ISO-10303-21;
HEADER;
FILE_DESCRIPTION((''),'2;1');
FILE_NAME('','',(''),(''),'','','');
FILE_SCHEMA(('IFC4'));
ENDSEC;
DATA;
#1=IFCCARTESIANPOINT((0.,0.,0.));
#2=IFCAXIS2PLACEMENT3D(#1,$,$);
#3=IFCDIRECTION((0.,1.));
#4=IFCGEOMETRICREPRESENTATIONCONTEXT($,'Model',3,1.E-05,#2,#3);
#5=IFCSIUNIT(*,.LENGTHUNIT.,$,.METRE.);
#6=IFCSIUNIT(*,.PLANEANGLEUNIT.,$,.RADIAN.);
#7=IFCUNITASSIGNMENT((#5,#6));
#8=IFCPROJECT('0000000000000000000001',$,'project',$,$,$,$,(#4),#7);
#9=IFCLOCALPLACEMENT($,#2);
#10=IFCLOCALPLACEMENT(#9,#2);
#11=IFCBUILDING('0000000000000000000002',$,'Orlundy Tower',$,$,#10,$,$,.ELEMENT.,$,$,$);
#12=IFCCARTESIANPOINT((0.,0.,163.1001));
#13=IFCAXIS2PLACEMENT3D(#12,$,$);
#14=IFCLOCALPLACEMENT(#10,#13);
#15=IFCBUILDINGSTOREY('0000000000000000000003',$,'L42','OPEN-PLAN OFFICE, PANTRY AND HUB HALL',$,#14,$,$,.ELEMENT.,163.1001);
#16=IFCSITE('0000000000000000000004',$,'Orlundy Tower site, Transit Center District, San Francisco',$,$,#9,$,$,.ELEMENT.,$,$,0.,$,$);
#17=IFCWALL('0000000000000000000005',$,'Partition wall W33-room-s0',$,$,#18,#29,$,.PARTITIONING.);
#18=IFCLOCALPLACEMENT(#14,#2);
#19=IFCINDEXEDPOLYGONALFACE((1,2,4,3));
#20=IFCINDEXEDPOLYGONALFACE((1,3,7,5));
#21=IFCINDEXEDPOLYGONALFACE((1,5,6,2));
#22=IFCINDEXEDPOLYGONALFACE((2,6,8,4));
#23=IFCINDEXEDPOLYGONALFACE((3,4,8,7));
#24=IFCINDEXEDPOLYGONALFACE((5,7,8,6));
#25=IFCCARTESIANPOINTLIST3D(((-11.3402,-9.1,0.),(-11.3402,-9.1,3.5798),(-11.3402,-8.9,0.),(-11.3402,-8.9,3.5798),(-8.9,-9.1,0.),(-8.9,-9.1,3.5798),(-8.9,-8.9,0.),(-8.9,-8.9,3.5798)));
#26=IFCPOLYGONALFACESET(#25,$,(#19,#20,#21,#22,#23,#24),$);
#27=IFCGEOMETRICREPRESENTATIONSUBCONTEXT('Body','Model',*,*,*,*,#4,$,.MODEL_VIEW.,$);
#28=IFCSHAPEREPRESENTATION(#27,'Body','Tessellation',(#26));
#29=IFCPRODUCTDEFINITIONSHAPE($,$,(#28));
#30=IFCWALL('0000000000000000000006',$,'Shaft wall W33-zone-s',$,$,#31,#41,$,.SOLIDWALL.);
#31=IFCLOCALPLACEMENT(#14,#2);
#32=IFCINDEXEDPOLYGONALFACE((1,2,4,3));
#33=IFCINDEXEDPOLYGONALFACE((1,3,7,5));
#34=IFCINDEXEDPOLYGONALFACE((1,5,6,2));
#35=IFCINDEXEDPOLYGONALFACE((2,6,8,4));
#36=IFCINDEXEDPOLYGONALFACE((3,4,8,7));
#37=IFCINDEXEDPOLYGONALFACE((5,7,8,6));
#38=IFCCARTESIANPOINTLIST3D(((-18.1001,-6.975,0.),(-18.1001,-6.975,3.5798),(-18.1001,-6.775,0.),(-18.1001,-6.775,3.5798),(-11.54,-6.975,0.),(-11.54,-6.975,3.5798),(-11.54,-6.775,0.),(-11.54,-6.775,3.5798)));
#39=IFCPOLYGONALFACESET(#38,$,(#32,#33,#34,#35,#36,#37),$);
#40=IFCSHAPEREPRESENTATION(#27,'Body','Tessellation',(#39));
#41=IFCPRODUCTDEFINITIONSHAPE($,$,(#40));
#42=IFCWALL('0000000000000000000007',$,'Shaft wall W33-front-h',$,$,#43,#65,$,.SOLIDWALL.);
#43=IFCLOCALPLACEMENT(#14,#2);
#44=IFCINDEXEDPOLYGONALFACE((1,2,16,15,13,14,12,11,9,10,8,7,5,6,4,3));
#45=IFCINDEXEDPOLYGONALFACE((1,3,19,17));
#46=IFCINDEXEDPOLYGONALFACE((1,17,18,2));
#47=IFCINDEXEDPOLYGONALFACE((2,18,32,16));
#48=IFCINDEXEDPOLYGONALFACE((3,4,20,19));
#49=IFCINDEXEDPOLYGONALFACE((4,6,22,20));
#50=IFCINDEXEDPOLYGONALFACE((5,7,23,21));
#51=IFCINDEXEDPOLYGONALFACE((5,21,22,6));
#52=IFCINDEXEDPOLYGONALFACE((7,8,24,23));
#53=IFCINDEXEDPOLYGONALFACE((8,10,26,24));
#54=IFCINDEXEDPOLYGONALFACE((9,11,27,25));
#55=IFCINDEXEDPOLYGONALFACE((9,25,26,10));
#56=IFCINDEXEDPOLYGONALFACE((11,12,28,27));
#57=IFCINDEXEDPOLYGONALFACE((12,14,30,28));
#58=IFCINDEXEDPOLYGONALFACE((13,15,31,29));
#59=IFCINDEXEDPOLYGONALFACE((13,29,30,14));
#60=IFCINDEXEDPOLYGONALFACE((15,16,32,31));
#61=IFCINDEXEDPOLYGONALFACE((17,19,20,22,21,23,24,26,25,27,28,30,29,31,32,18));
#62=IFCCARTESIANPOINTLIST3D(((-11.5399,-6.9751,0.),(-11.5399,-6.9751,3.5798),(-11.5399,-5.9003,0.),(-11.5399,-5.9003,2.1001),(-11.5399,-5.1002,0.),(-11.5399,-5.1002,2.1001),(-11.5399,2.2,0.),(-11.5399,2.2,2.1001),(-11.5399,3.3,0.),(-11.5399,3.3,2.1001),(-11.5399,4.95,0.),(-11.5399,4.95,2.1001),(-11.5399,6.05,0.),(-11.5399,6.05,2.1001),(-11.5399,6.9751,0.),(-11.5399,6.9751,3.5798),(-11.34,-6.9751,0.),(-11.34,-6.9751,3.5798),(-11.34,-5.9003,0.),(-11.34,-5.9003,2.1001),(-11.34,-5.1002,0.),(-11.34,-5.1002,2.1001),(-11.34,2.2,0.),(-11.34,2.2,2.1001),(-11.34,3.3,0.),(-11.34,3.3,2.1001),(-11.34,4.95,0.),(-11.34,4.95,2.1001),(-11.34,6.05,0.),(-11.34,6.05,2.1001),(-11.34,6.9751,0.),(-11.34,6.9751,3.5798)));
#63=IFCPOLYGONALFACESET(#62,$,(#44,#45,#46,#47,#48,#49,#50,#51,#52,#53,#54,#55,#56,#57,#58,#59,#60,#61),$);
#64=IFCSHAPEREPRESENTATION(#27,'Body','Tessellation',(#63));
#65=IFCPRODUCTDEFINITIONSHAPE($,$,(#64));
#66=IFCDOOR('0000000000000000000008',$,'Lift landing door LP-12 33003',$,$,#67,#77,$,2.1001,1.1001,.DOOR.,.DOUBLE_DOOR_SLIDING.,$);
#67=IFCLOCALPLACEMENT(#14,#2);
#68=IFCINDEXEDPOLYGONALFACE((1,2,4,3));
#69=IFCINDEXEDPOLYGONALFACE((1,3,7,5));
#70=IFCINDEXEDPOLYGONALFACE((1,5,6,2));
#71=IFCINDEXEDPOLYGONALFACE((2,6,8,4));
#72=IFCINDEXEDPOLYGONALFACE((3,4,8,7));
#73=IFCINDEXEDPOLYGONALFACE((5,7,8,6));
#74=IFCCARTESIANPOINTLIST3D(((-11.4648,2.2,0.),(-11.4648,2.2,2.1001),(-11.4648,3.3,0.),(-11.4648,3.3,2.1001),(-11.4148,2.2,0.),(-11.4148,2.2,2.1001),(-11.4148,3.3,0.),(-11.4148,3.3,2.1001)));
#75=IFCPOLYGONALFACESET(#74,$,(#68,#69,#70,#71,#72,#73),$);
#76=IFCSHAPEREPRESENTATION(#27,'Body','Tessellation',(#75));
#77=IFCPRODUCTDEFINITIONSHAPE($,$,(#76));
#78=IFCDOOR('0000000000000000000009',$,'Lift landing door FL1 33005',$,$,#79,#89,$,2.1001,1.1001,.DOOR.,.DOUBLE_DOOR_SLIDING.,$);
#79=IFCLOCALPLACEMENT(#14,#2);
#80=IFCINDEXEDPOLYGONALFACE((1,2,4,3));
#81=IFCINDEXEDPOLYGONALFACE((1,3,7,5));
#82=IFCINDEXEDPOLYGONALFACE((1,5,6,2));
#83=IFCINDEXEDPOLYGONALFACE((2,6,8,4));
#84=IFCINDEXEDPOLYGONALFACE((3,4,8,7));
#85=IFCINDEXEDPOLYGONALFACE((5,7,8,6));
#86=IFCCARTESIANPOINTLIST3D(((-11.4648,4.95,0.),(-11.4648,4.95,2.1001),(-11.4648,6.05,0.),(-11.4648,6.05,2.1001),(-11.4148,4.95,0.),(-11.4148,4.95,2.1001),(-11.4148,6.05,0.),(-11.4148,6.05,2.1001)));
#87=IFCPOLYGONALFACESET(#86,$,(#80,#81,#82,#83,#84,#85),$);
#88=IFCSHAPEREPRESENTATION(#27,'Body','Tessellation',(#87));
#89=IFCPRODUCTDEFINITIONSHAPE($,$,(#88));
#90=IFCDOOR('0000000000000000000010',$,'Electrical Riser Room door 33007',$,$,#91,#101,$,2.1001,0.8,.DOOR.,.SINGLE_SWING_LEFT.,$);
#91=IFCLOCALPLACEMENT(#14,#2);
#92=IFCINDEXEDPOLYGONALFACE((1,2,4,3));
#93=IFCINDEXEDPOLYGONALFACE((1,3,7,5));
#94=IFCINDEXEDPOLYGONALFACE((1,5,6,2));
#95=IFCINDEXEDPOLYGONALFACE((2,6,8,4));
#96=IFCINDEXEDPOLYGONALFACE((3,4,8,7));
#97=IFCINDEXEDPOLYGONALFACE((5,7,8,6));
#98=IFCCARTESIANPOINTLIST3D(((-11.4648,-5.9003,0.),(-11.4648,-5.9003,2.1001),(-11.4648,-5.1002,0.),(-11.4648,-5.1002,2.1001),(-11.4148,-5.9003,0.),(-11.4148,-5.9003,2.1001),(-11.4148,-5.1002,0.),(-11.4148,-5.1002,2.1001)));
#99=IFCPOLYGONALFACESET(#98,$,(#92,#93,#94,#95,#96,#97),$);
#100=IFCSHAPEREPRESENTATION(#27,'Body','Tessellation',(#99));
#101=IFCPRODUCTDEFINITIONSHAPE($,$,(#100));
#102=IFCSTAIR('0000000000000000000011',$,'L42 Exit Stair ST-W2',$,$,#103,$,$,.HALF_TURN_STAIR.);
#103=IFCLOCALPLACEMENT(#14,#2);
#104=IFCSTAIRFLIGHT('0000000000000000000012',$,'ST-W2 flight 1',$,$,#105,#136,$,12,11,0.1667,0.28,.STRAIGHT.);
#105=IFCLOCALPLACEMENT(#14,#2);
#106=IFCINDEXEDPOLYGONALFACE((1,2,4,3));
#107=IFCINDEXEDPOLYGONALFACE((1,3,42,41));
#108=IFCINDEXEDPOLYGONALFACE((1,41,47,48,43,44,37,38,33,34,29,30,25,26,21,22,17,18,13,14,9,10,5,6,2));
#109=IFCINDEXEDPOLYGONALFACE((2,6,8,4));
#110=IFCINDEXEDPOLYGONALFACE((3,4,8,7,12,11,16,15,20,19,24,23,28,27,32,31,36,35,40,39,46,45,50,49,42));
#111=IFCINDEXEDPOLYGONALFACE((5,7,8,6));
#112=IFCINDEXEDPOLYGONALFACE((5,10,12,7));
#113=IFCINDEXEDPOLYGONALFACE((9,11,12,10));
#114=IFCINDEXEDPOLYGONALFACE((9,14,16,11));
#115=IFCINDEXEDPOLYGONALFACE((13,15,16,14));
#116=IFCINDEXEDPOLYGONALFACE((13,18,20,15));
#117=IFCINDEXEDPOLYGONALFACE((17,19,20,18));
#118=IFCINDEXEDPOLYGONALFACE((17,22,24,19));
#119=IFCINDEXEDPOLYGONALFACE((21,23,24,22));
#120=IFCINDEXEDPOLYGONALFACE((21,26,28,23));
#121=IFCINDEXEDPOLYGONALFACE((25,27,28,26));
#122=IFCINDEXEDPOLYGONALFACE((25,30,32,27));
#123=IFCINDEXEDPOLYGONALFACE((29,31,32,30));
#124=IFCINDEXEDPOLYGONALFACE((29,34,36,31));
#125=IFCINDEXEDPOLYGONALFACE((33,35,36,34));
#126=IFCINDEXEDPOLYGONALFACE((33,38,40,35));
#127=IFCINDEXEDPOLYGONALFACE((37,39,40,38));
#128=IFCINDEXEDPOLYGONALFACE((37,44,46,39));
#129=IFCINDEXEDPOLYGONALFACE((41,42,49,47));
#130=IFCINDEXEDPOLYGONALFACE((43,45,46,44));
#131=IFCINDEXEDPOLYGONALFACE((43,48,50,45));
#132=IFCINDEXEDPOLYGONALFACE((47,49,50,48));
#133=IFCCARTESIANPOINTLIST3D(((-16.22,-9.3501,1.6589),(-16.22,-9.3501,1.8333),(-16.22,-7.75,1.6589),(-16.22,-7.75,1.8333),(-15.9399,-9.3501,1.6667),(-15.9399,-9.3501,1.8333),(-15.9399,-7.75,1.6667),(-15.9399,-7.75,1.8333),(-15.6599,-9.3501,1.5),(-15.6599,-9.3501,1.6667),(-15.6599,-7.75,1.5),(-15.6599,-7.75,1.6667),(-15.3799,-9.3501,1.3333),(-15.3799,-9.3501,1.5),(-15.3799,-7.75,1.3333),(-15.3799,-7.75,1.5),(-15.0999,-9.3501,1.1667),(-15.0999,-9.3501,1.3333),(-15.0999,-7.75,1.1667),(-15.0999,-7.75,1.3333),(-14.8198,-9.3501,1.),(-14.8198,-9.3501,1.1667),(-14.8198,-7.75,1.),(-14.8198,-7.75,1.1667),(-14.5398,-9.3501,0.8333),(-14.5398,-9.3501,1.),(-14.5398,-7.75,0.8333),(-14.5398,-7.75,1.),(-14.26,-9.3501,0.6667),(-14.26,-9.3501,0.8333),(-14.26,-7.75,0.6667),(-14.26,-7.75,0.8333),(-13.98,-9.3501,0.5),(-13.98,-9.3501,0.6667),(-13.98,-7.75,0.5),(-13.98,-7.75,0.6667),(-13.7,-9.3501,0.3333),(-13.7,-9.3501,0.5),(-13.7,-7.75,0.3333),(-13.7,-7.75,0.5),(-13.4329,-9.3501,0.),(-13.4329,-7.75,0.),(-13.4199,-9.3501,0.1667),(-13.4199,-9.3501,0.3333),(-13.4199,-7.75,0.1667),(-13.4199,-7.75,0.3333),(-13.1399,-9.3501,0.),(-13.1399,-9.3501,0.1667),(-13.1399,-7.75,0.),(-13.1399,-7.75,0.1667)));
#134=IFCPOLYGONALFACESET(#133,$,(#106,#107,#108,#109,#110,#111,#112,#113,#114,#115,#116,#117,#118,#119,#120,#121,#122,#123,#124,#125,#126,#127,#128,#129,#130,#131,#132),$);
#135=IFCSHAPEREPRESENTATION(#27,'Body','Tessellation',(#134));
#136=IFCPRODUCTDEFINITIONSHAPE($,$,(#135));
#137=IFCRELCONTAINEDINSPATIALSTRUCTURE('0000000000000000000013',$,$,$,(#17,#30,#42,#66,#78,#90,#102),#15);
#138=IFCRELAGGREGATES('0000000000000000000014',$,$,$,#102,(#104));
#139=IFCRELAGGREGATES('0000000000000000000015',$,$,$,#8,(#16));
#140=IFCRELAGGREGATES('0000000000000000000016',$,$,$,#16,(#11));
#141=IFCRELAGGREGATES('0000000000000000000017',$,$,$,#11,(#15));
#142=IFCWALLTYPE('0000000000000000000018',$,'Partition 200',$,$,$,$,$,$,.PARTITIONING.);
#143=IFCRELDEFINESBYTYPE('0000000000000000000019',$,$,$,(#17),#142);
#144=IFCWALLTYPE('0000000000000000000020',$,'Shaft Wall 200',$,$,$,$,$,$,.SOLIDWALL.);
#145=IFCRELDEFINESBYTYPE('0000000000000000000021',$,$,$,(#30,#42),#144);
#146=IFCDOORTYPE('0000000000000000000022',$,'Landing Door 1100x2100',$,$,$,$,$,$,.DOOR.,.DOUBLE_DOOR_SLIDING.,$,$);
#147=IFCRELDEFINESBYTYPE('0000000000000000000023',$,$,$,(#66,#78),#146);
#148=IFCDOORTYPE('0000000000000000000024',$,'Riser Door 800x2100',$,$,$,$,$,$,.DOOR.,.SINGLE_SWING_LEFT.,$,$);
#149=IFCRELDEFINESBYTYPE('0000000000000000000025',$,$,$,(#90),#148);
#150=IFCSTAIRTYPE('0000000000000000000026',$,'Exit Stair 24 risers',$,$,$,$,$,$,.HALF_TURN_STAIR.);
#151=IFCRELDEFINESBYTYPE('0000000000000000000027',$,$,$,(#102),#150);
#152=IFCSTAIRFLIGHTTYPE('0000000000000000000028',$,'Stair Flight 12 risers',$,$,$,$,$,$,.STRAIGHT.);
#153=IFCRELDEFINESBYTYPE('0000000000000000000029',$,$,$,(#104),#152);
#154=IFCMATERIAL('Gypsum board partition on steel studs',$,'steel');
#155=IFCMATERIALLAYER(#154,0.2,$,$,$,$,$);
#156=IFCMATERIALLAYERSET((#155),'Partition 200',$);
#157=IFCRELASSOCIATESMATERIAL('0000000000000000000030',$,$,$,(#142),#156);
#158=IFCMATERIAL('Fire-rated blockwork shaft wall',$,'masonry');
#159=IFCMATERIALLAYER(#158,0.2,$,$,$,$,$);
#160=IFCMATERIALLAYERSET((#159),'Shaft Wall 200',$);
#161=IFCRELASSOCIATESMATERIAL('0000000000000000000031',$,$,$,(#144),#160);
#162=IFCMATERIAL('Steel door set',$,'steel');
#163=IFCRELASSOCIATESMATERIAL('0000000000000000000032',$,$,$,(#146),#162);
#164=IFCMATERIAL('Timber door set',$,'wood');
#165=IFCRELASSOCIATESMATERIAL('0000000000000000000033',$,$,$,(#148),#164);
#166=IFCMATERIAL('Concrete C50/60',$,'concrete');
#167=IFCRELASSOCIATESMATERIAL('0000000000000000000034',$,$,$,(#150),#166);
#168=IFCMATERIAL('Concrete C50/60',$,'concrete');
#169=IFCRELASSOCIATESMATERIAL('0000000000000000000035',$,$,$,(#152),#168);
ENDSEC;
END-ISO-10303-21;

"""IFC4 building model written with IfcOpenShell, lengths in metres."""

from ifc_helpers import new_model, si_unit, direction, frame, frame_2d, origin, place, context, subcontext, project, spatial, polyline, rectangle, outline, extrude, material, layer, layer_set, type_object, element, fill, aggregate, save


model = new_model("IFC4")

# Units and contexts
model_context = context("Model", 3, precision=1e-05, world=origin(), true_north=direction((0.0, 1.0)))
body_context = subcontext(model_context, "Body", "Model", "MODEL_VIEW")
ifc_project = project(units=[si_unit("LENGTHUNIT", "METRE"), si_unit("PLANEANGLEUNIT", "RADIAN")], contexts=[model_context])

# Site, building, storey
site_placement = place(None, origin())
site = spatial("IfcSite", under=ifc_project, at=site_placement, Name="Orlundy Tower site, Transit Center District, San Francisco", CompositionType="ELEMENT", RefElevation=0.0)
building_placement = place(site_placement, origin())
building = spatial("IfcBuilding", under=site, at=building_placement, Name="Orlundy Tower", CompositionType="ELEMENT")
storey_placement = place(building_placement, frame((0.0, 0.0, 163.1001)))
storey = spatial("IfcBuildingStorey", under=building, at=storey_placement, Name="L42", Description="OPEN-PLAN OFFICE, PANTRY AND HUB HALL", CompositionType="ELEMENT", Elevation=163.1001)

# Walls
ifc_material_1 = material(Name="Gypsum board partition on steel studs", Category="steel")
ifc_layer_1 = layer(ifc_material_1, 0.2)
ifc_layer_set_1 = layer_set([ifc_layer_1], Name="Partition 200")
wall_type_1 = type_object("IfcWallType", Name="Partition 200", PredefinedType="PARTITIONING", material=ifc_layer_set_1)
wall_1_placement = place(storey_placement, frame((-8.8999, -9.0, 0.0), z_axis=(0.0, 0.0, 1.0), x_axis=(-1.0, 0.0, 0.0)))
element("IfcWall", 1, at=wall_1_placement, inside=storey, type_object=wall_type_1, Name="Partition wall W33-room-s0", PredefinedType="PARTITIONING", context=body_context, shape_type="SweptSolid", body=[
    extrude(rectangle(XDim=2.4402, YDim=0.2, at=frame_2d((1.2202, 0.0))), origin(), (0.0, 0.0, 1.0), 3.5798),
])
ifc_material_2 = material(Name="Fire-rated blockwork shaft wall", Category="masonry")
ifc_layer_2 = layer(ifc_material_2, 0.2)
ifc_layer_set_2 = layer_set([ifc_layer_2], Name="Shaft Wall 200")
wall_type_2 = type_object("IfcWallType", Name="Shaft Wall 200", PredefinedType="SOLIDWALL", material=ifc_layer_set_2)
wall_2_placement = place(storey_placement, frame((-11.54, -6.875, 0.0), z_axis=(0.0, 0.0, 1.0), x_axis=(-1.0, 0.0, 0.0)))
element("IfcWall", 2, at=wall_2_placement, inside=storey, type_object=wall_type_2, Name="Shaft wall W33-zone-s", PredefinedType="SOLIDWALL", context=body_context, shape_type="SweptSolid", body=[
    extrude(rectangle(XDim=6.5601, YDim=0.2, at=frame_2d((3.28, 0.0))), origin(), (0.0, 0.0, 1.0), 3.5798),
])

# Wall, openings, doors
wall_3_placement = place(storey_placement, frame((-11.4399, -6.9751, 0.0), z_axis=(0.0, 0.0, 1.0), x_axis=(0.0, 1.0, 0.0)))
wall_3 = element("IfcWall", 3, at=wall_3_placement, inside=storey, type_object=wall_type_2, Name="Shaft wall W33-front-h", PredefinedType="SOLIDWALL", context=body_context, shape_type="SweptSolid", body=[
    extrude(rectangle(XDim=13.9502, YDim=0.2, at=frame_2d((6.9751, 0.0))), origin(), (0.0, 0.0, 1.0), 3.5798),
])
opening_1_placement = place(wall_3_placement, frame((9.175, 0.0, 0.0)))
opening_1 = element("IfcOpeningElement", 4, at=opening_1_placement, cuts=wall_3, PredefinedType="OPENING", context=body_context, shape_type="SweptSolid", body=[
    extrude(rectangle(XDim=1.1001, YDim=2.1001, at=frame_2d((0.55, 1.05))), frame((0.0, 0.1101, 0.0), z_axis=(0.0, -1.0, 0.0), x_axis=(1.0, 0.0, 0.0)), (0.0, 0.0, 1.0), 0.2202),
])
opening_2_placement = place(wall_3_placement, frame((11.925, 0.0, 0.0)))
opening_2 = element("IfcOpeningElement", 5, at=opening_2_placement, cuts=wall_3, PredefinedType="OPENING", context=body_context, shape_type="SweptSolid", body=[
    extrude(rectangle(XDim=1.1001, YDim=2.1001, at=frame_2d((0.55, 1.05))), frame((0.0, 0.1101, 0.0), z_axis=(0.0, -1.0, 0.0), x_axis=(1.0, 0.0, 0.0)), (0.0, 0.0, 1.0), 0.2202),
])
opening_3_placement = place(wall_3_placement, frame((1.075, 0.0, 0.0)))
opening_3 = element("IfcOpeningElement", 6, at=opening_3_placement, cuts=wall_3, PredefinedType="OPENING", context=body_context, shape_type="SweptSolid", body=[
    extrude(rectangle(XDim=0.8, YDim=2.1001, at=frame_2d((0.3999, 1.05))), frame((0.0, 0.1101, 0.0), z_axis=(0.0, -1.0, 0.0), x_axis=(1.0, 0.0, 0.0)), (0.0, 0.0, 1.0), 0.2202),
])
ifc_material_3 = material(Name="Steel door set", Category="steel")
door_type_1 = type_object("IfcDoorType", Name="Landing Door 1100x2100", OperationType="DOUBLE_DOOR_SLIDING", PredefinedType="DOOR", material=ifc_material_3)
door_1_placement = place(opening_1_placement, origin())
door_1 = element("IfcDoor", 7, at=door_1_placement, inside=storey, type_object=door_type_1, Name="Lift landing door LP-12 33003", OperationType="DOUBLE_DOOR_SLIDING", OverallHeight=2.1001, OverallWidth=1.1001, PredefinedType="DOOR", context=body_context, shape_type="SweptSolid", body=[
    extrude(rectangle(XDim=1.1001, YDim=2.1001, at=frame_2d((0.55, 1.05))), frame((0.0, 0.0249, 0.0), z_axis=(0.0, -1.0, 0.0), x_axis=(1.0, 0.0, 0.0)), (0.0, 0.0, 1.0), 0.05),
])
fill(opening_1, door_1)
door_2_placement = place(opening_2_placement, origin())
door_2 = element("IfcDoor", 8, at=door_2_placement, inside=storey, type_object=door_type_1, Name="Lift landing door FL1 33005", OperationType="DOUBLE_DOOR_SLIDING", OverallHeight=2.1001, OverallWidth=1.1001, PredefinedType="DOOR", context=body_context, shape_type="SweptSolid", body=[
    extrude(rectangle(XDim=1.1001, YDim=2.1001, at=frame_2d((0.55, 1.05))), frame((0.0, 0.0249, 0.0), z_axis=(0.0, -1.0, 0.0), x_axis=(1.0, 0.0, 0.0)), (0.0, 0.0, 1.0), 0.05),
])
fill(opening_2, door_2)
ifc_material_4 = material(Name="Timber door set", Category="wood")
door_type_2 = type_object("IfcDoorType", Name="Riser Door 800x2100", OperationType="SINGLE_SWING_LEFT", PredefinedType="DOOR", material=ifc_material_4)
door_3_placement = place(opening_3_placement, origin())
door_3 = element("IfcDoor", 9, at=door_3_placement, inside=storey, type_object=door_type_2, Name="Electrical Riser Room door 33007", OperationType="SINGLE_SWING_LEFT", OverallHeight=2.1001, OverallWidth=0.8, PredefinedType="DOOR", context=body_context, shape_type="SweptSolid", body=[
    extrude(rectangle(XDim=0.8, YDim=2.1001, at=frame_2d((0.3999, 1.05))), frame((0.0, 0.0249, 0.0), z_axis=(0.0, -1.0, 0.0), x_axis=(1.0, 0.0, 0.0)), (0.0, 0.0, 1.0), 0.05),
])
fill(opening_3, door_3)

# Stair, stair flight
ifc_material_5 = material(Name="Concrete C50/60", Category="concrete")
stair_type = type_object("IfcStairType", Name="Exit Stair 24 risers", PredefinedType="HALF_TURN_STAIR", material=ifc_material_5)
stair_placement = place(storey_placement, origin())
stair = element("IfcStair", 10, at=stair_placement, inside=storey, type_object=stair_type, Name="L42 Exit Stair ST-W2", PredefinedType="HALF_TURN_STAIR")
ifc_material_6 = material(Name="Concrete C50/60", Category="concrete")
stair_flight_type = type_object("IfcStairFlightType", Name="Stair Flight 12 risers", PredefinedType="STRAIGHT", material=ifc_material_6)
stair_flight_placement = place(storey_placement, frame((-13.1399, -8.55, 0.0), z_axis=(0.0, 0.0, 1.0), x_axis=(-1.0, 0.0, 0.0)))
stair_flight = element("IfcStairFlight", 11, at=stair_flight_placement, type_object=stair_flight_type, Name="ST-W2 flight 1", NumberOfRisers=12, NumberOfTreads=11, PredefinedType="STRAIGHT", RiserHeight=0.1667, TreadLength=0.28, context=body_context, shape_type="SweptSolid", body=[
    extrude(outline(polyline([(0.0, 0.0), (0.0, 0.1667), (0.28, 0.1667), (0.28, 0.3333), (0.5601, 0.3333), (0.5601, 0.5), (0.8401, 0.5), (0.8401, 0.6667), (1.1201, 0.6667), (1.1201, 0.8333), (1.3999, 0.8333), (1.3999, 1.0), (1.6799, 1.0), (1.6799, 1.1667), (1.96, 1.1667), (1.96, 1.3333), (2.24, 1.3333), (2.24, 1.5), (2.52, 1.5), (2.52, 1.6667), (2.8, 1.6667), (2.8, 1.8333), (3.0801, 1.8333), (3.0801, 2.0), (3.0801, 1.6589), (0.293, 0.0), (0.0, 0.0)])), frame((0.0, 0.8, 0.0), z_axis=(0.0, -1.0, 0.0), x_axis=(1.0, 0.0, 0.0)), (0.0, 0.0, 1.0), 1.6001),
])
aggregate(stair, [stair_flight])

save(model, "model.ifc")
